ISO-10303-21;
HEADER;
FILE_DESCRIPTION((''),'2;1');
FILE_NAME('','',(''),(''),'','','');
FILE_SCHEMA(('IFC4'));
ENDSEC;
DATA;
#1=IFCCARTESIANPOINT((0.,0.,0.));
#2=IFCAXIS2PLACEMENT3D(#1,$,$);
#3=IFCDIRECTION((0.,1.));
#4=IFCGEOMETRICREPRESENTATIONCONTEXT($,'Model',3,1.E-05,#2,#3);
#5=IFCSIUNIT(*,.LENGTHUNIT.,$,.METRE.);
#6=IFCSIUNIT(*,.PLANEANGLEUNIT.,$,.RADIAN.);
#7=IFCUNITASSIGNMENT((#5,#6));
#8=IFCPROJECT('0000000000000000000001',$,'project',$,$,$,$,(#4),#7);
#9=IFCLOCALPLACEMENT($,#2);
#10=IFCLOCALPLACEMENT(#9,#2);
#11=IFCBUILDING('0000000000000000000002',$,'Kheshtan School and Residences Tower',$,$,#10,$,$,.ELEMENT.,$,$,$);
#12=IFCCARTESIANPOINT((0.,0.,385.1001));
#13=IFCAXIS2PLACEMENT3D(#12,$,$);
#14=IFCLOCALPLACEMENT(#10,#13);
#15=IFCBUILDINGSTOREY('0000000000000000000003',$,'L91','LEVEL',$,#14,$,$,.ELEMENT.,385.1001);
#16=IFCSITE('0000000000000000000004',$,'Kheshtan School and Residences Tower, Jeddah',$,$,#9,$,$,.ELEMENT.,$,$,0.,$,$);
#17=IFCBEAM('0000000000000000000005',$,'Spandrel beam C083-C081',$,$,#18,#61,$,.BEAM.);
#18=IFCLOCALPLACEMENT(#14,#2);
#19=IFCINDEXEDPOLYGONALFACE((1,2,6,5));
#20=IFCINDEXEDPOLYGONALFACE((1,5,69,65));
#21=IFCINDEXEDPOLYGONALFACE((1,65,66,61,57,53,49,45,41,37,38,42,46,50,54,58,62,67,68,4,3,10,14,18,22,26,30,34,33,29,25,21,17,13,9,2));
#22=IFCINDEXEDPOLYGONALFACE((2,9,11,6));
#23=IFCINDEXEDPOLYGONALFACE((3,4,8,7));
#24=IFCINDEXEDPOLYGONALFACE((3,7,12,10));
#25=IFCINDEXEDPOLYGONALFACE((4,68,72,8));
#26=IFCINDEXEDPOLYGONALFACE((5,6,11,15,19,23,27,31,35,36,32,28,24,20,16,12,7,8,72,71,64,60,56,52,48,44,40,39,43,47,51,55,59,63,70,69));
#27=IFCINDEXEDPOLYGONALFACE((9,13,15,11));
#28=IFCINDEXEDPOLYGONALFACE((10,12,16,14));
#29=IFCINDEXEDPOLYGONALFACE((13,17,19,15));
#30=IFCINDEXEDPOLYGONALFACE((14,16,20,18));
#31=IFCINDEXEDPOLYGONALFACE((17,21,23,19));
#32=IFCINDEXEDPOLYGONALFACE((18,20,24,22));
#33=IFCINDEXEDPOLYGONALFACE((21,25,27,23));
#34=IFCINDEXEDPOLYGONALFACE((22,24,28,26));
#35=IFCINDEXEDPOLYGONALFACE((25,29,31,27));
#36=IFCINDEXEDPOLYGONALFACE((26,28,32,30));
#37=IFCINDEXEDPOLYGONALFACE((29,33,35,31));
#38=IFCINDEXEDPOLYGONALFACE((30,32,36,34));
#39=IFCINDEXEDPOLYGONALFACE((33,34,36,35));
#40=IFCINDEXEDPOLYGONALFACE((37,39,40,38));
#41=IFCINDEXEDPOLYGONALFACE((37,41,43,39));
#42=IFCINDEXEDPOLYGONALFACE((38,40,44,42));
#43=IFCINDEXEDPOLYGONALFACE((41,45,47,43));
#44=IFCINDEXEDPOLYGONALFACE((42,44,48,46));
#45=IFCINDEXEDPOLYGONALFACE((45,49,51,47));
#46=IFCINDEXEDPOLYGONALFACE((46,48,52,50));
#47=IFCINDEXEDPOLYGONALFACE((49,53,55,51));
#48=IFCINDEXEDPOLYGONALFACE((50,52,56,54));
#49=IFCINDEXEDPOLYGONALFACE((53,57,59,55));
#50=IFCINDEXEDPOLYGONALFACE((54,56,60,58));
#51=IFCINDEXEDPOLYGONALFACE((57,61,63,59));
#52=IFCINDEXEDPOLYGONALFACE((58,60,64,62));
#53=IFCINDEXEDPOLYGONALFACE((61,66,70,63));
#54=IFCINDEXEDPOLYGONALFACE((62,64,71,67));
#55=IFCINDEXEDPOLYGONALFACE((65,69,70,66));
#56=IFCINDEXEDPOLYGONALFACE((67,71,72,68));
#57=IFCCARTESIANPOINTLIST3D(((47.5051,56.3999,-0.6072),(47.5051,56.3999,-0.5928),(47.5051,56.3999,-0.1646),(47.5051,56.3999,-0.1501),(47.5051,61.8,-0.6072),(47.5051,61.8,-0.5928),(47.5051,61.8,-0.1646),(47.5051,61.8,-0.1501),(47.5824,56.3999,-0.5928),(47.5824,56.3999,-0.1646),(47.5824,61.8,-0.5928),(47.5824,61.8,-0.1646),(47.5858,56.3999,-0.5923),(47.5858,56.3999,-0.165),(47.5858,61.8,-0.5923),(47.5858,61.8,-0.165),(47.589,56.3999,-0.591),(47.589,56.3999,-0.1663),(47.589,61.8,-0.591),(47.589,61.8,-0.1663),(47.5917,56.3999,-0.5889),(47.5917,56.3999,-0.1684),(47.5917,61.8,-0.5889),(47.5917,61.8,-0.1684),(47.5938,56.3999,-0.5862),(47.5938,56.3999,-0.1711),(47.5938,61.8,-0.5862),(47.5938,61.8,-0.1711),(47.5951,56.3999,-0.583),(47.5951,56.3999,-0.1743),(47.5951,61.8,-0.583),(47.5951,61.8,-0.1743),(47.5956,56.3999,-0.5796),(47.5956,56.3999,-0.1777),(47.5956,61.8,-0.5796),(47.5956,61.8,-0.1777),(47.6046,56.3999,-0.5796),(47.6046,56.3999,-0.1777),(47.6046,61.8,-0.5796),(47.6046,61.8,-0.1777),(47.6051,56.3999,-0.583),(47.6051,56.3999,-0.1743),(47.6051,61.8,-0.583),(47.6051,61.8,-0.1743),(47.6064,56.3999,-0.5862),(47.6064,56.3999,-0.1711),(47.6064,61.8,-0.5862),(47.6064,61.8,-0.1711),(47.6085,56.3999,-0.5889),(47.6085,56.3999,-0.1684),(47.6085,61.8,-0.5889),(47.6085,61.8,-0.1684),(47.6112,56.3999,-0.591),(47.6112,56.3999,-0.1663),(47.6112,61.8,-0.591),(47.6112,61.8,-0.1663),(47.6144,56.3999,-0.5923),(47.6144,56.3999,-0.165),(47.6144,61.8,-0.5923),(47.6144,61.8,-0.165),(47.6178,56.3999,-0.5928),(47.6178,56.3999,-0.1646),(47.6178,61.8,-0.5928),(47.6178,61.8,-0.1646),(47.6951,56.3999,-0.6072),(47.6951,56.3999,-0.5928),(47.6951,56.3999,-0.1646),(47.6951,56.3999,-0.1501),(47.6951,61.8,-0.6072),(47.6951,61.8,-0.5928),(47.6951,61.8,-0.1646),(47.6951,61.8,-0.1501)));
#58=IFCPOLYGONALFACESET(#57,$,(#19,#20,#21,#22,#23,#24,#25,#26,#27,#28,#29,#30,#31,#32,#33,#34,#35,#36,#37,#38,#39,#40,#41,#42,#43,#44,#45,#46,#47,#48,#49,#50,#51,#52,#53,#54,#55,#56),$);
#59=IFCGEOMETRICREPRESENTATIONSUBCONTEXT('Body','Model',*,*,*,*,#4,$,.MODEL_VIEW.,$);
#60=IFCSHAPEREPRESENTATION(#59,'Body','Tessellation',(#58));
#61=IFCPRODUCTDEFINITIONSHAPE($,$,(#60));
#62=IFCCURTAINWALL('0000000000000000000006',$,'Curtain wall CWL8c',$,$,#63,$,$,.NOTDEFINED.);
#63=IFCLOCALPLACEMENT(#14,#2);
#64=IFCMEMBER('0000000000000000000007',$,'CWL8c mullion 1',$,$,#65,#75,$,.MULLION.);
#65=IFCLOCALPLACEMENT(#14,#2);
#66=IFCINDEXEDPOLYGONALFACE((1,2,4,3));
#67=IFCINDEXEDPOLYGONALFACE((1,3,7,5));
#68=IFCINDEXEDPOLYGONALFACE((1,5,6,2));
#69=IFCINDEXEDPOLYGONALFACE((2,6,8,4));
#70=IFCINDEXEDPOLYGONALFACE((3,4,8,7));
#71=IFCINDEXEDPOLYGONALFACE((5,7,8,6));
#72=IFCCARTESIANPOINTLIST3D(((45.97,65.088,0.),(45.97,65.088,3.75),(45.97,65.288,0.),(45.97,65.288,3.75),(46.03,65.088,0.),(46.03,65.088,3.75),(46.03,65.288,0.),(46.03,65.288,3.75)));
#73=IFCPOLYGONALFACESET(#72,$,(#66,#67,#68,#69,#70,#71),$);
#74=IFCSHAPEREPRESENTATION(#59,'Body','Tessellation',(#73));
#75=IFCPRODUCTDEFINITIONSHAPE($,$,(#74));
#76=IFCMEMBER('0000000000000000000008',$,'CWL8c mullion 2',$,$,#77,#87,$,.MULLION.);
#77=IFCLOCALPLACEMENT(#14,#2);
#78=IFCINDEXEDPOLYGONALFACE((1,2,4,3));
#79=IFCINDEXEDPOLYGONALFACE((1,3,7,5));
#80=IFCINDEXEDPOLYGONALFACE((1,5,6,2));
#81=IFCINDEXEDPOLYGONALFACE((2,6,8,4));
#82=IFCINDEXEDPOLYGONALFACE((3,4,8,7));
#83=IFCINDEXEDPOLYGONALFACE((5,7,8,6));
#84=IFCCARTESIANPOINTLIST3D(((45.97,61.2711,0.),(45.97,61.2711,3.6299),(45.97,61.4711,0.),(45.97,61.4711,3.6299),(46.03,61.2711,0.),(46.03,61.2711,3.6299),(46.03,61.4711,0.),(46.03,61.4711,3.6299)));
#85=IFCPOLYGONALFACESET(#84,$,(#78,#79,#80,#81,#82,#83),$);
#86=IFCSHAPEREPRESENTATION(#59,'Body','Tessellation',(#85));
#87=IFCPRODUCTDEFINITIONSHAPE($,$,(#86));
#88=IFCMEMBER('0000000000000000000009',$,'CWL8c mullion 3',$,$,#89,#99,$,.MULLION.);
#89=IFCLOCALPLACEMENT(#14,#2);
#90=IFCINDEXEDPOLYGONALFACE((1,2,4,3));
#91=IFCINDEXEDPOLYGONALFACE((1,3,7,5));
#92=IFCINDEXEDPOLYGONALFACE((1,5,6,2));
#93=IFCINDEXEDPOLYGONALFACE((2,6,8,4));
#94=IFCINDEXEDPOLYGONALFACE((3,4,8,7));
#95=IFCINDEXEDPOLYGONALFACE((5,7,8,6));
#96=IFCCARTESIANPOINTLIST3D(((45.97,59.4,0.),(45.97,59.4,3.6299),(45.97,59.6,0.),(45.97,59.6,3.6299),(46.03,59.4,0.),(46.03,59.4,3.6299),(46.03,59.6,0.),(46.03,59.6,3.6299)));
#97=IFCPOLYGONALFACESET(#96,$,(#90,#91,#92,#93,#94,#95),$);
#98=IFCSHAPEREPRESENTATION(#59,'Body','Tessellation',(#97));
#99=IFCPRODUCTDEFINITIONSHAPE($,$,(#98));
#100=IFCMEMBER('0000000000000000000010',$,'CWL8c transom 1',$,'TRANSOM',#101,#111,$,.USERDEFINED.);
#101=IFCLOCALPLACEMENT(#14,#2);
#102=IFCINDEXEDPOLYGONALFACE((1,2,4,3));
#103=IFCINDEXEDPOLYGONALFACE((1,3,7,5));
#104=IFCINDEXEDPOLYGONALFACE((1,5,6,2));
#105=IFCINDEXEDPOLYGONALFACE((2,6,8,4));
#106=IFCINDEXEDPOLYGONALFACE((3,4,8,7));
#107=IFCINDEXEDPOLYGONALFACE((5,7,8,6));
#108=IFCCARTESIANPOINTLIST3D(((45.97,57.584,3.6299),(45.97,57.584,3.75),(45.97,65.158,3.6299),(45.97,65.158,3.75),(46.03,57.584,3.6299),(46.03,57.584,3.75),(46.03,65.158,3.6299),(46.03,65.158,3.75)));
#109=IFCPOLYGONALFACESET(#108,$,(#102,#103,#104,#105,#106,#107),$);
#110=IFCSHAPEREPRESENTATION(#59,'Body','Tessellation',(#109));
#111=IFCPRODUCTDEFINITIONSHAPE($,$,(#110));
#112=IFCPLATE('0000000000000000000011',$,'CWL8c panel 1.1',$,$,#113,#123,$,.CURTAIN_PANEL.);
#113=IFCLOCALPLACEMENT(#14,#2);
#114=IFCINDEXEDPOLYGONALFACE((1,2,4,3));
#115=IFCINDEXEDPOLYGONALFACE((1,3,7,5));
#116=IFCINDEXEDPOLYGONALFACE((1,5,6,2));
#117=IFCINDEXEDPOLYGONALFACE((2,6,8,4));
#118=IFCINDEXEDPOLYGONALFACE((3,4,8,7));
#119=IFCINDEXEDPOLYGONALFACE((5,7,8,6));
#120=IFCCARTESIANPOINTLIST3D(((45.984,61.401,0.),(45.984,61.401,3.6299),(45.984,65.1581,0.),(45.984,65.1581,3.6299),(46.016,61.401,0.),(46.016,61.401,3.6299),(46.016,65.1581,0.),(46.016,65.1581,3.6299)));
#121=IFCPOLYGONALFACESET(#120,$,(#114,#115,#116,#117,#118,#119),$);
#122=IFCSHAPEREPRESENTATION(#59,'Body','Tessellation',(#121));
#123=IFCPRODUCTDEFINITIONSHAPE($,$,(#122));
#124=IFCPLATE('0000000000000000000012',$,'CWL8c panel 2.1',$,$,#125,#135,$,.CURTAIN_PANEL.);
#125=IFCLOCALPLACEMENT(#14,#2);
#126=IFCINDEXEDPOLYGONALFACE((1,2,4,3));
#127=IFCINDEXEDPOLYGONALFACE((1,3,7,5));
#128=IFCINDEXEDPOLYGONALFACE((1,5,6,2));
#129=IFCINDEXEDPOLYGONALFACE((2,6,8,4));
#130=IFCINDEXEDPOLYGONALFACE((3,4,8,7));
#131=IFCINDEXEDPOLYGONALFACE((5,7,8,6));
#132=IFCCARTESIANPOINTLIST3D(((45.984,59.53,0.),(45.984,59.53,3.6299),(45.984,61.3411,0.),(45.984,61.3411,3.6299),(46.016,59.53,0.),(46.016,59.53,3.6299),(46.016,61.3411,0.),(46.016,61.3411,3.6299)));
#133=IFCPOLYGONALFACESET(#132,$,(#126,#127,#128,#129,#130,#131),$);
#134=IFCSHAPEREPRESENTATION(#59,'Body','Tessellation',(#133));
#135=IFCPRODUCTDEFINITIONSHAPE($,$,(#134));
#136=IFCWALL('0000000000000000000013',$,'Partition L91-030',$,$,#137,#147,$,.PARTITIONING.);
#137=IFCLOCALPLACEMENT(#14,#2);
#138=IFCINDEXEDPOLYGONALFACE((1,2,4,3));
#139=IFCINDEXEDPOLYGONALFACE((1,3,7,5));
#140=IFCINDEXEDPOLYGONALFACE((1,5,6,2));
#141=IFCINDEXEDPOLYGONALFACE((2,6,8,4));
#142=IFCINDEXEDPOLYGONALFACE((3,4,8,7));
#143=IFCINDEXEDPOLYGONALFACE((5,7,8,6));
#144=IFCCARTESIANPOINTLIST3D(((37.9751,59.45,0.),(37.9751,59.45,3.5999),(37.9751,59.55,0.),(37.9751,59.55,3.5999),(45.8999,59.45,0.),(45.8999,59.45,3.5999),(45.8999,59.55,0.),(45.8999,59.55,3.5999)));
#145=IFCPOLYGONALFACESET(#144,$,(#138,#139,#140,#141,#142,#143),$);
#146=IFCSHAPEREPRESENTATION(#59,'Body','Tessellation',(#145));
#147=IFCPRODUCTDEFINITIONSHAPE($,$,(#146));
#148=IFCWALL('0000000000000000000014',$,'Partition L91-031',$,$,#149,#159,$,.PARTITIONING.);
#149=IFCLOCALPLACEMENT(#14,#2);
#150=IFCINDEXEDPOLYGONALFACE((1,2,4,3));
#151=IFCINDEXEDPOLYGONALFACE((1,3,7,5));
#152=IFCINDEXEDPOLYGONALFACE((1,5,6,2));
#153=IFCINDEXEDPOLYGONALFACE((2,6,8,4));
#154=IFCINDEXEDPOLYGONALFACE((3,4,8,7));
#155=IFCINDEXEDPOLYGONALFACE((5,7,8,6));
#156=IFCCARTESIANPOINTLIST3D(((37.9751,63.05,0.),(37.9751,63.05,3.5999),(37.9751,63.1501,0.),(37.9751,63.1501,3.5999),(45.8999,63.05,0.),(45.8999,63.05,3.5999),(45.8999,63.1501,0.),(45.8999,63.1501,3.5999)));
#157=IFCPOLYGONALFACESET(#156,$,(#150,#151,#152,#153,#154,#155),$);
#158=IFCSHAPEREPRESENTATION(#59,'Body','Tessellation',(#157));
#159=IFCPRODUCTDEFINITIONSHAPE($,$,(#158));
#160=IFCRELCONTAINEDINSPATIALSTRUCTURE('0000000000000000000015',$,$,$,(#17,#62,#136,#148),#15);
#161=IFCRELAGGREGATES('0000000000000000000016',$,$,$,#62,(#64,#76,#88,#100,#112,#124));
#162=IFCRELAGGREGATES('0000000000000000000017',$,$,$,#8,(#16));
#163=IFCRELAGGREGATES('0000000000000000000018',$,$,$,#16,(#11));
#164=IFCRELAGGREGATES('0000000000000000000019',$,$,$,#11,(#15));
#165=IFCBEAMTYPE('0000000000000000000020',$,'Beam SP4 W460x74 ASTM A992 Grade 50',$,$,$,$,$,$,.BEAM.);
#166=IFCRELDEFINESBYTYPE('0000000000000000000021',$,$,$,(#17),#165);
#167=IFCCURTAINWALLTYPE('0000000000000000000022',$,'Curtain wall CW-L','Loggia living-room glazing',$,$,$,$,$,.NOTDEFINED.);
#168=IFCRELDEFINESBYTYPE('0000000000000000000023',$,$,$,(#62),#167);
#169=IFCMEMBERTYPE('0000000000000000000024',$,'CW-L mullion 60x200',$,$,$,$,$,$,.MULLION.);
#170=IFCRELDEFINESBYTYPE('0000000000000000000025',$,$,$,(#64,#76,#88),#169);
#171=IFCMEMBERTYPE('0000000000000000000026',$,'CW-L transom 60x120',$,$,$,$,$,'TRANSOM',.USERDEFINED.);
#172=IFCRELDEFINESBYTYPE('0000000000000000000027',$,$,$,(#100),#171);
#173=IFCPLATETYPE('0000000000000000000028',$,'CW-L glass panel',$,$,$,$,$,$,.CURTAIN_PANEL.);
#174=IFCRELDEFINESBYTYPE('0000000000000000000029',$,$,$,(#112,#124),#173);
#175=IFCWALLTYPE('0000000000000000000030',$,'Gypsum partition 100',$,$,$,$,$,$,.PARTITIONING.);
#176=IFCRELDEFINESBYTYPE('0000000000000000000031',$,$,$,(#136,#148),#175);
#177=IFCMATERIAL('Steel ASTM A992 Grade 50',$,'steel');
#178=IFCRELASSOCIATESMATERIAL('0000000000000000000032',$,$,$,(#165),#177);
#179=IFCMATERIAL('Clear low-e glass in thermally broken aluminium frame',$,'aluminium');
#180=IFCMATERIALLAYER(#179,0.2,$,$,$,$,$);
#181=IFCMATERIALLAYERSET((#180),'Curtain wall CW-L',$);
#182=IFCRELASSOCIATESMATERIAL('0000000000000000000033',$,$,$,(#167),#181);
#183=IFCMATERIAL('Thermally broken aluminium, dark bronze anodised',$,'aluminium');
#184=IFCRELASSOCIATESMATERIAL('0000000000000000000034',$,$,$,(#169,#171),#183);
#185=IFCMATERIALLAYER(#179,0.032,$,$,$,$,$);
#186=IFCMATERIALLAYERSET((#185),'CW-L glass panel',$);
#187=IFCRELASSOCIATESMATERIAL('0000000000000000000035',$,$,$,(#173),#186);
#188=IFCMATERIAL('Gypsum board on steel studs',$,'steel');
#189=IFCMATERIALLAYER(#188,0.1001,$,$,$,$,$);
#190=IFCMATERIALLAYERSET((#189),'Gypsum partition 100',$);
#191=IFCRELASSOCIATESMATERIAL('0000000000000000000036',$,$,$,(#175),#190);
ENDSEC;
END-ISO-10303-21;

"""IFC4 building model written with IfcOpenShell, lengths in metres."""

from ifc_helpers import new_model, si_unit, direction, frame, frame_2d, origin, origin_2d, place, context, subcontext, project, spatial, rectangle, i_section, extrude, material, layer, layer_set, material_profile, profile_set, type_object, element, aggregate, save


model = new_model("IFC4")

# Units and contexts
model_context = context("Model", 3, precision=1e-05, world=origin(), true_north=direction((0.0, 1.0)))
body_context = subcontext(model_context, "Body", "Model", "MODEL_VIEW")
ifc_project = project(units=[si_unit("LENGTHUNIT", "METRE"), si_unit("PLANEANGLEUNIT", "RADIAN")], contexts=[model_context])

# Site, building, storey
site_placement = place(None, origin())
site = spatial("IfcSite", under=ifc_project, at=site_placement, Name="Kheshtan School and Residences Tower, Jeddah", CompositionType="ELEMENT", RefElevation=0.0)
building_placement = place(site_placement, origin())
building = spatial("IfcBuilding", under=site, at=building_placement, Name="Kheshtan School and Residences Tower", CompositionType="ELEMENT")
storey_placement = place(building_placement, frame((0.0, 0.0, 385.1001)))
storey = spatial("IfcBuildingStorey", under=building, at=storey_placement, Name="L91", Description="LEVEL", CompositionType="ELEMENT", Elevation=385.1001)

# Shared definitions
ifc_material_1 = material(Name="Steel ASTM A992 Grade 50", Category="steel")

# Beam
ifc_material_profile_1 = material_profile(ifc_material_1, i_section(OverallWidth=0.1899, OverallDepth=0.457, WebThickness=0.009, FlangeThickness=0.0144, FilletRadius=0.0132, at=origin_2d()), Name="W460x74")
ifc_profile_set_1 = profile_set([ifc_material_profile_1], Name="Steel ASTM A992 Grade 50")
beam_type_1 = type_object("IfcBeamType", Name="Beam SP4 W460x74 ASTM A992 Grade 50", PredefinedType="BEAM", material=ifc_profile_set_1)
beam_1_placement = place(storey_placement, frame((47.6001, 61.8, -0.3787), z_axis=(0.0, -1.0, 0.0), x_axis=(1.0, 0.0, 0.0)))
element("IfcBeam", 1, at=beam_1_placement, inside=storey, type_object=beam_type_1, Name="Spandrel beam C083-C081", PredefinedType="BEAM", context=body_context, shape_type="SweptSolid", body=[
    extrude(i_section(OverallWidth=0.1899, OverallDepth=0.457, WebThickness=0.009, FlangeThickness=0.0144, FilletRadius=0.0132, at=origin_2d()), origin(), (0.0, 0.0, 1.0), 5.4001),
])

# Curtain wall, members, plates
ifc_material_2 = material(Name="Clear low-e glass in thermally broken aluminium frame", Category="aluminium")
ifc_layer_1 = layer(ifc_material_2, 0.2)
ifc_layer_set_1 = layer_set([ifc_layer_1], Name="Curtain wall CW-L")
curtain_wall_type = type_object("IfcCurtainWallType", Name="Curtain wall CW-L", Description="Loggia living-room glazing", PredefinedType="NOTDEFINED", material=ifc_layer_set_1)
curtain_wall_placement = place(storey_placement, origin())
curtain_wall = element("IfcCurtainWall", 2, at=curtain_wall_placement, inside=storey, type_object=curtain_wall_type, Name="Curtain wall CWL8c", PredefinedType="NOTDEFINED")
ifc_material_3 = material(Name="Thermally broken aluminium, dark bronze anodised", Category="aluminium")
ifc_material_profile_2 = material_profile(ifc_material_3, rectangle(XDim=0.0601, YDim=0.2, at=origin_2d()), Name="CW-L mullion 60x200")
ifc_profile_set_2 = profile_set([ifc_material_profile_2], Name="Thermally broken aluminium, dark bronze anodised")
member_type_1 = type_object("IfcMemberType", Name="CW-L mullion 60x200", PredefinedType="MULLION", material=ifc_profile_set_2)
member_1_placement = place(storey_placement, frame((46.0, 65.188, 0.0), z_axis=(0.0, 0.0, 1.0), x_axis=(1.0, 0.0, 0.0)))
member_1 = element("IfcMember", 3, at=member_1_placement, type_object=member_type_1, Name="CWL8c mullion 1", PredefinedType="MULLION", context=body_context, shape_type="SweptSolid", body=[
    extrude(rectangle(XDim=0.0601, YDim=0.2, at=origin_2d()), origin(), (0.0, 0.0, 1.0), 3.75),
])
member_2_placement = place(storey_placement, frame((46.0, 61.3711, 0.0), z_axis=(0.0, 0.0, 1.0), x_axis=(1.0, 0.0, 0.0)))
member_2 = element("IfcMember", 4, at=member_2_placement, type_object=member_type_1, Name="CWL8c mullion 2", PredefinedType="MULLION", context=body_context, shape_type="SweptSolid", body=[
    extrude(rectangle(XDim=0.0601, YDim=0.2, at=origin_2d()), origin(), (0.0, 0.0, 1.0), 3.6299),
])
member_3_placement = place(storey_placement, frame((46.0, 59.5, 0.0), z_axis=(0.0, 0.0, 1.0), x_axis=(1.0, 0.0, 0.0)))
member_3 = element("IfcMember", 5, at=member_3_placement, type_object=member_type_1, Name="CWL8c mullion 3", PredefinedType="MULLION", context=body_context, shape_type="SweptSolid", body=[
    extrude(rectangle(XDim=0.0601, YDim=0.2, at=origin_2d()), origin(), (0.0, 0.0, 1.0), 3.6299),
])
ifc_material_profile_3 = material_profile(ifc_material_3, rectangle(XDim=0.0601, YDim=0.1201, at=origin_2d()), Name="CW-L transom 60x120")
ifc_profile_set_3 = profile_set([ifc_material_profile_3], Name="Thermally broken aluminium, dark bronze anodised")
member_type_2 = type_object("IfcMemberType", Name="CW-L transom 60x120", ElementType="TRANSOM", PredefinedType="USERDEFINED", material=ifc_profile_set_3)
member_4_placement = place(storey_placement, frame((46.0, 65.158, 3.6899), z_axis=(0.0, -1.0, 0.0), x_axis=(1.0, 0.0, 0.0)))
member_4 = element("IfcMember", 6, at=member_4_placement, type_object=member_type_2, Name="CWL8c transom 1", ObjectType="TRANSOM", PredefinedType="USERDEFINED", context=body_context, shape_type="SweptSolid", body=[
    extrude(rectangle(XDim=0.0601, YDim=0.1201, at=origin_2d()), origin(), (0.0, 0.0, 1.0), 7.574),
])
ifc_layer_2 = layer(ifc_material_2, 0.032)
ifc_layer_set_2 = layer_set([ifc_layer_2], Name="CW-L glass panel")
plate_type = type_object("IfcPlateType", Name="CW-L glass panel", PredefinedType="CURTAIN_PANEL", material=ifc_layer_set_2)
plate_1_placement = place(storey_placement, frame((46.0, 63.2795, 0.0), z_axis=(0.0, 0.0, 1.0), x_axis=(0.0, -1.0, 0.0)))
plate_1 = element("IfcPlate", 7, at=plate_1_placement, type_object=plate_type, Name="CWL8c panel 1.1", PredefinedType="CURTAIN_PANEL", context=body_context, shape_type="SweptSolid", body=[
    extrude(rectangle(XDim=3.7571, YDim=0.032, at=origin_2d()), origin(), (0.0, 0.0, 1.0), 3.6299),
])
plate_2_placement = place(storey_placement, frame((46.0, 60.4355, 0.0), z_axis=(0.0, 0.0, 1.0), x_axis=(0.0, -1.0, 0.0)))
plate_2 = element("IfcPlate", 8, at=plate_2_placement, type_object=plate_type, Name="CWL8c panel 2.1", PredefinedType="CURTAIN_PANEL", context=body_context, shape_type="SweptSolid", body=[
    extrude(rectangle(XDim=1.811, YDim=0.032, at=origin_2d()), origin(), (0.0, 0.0, 1.0), 3.6299),
])
aggregate(curtain_wall, [member_1, member_2, member_3, member_4, plate_1, plate_2])

# Walls
ifc_material_4 = material(Name="Gypsum board on steel studs", Category="steel")
ifc_layer_3 = layer(ifc_material_4, 0.1001)
ifc_layer_set_3 = layer_set([ifc_layer_3], Name="Gypsum partition 100")
wall_type_1 = type_object("IfcWallType", Name="Gypsum partition 100", PredefinedType="PARTITIONING", material=ifc_layer_set_3)
for number, where, z_axis, x_axis, name in (
    (9, (37.9751, 59.5, 0.0), (0.0, 0.0, 1.0), (1.0, 0.0, 0.0), "Partition L91-030"),
    (10, (37.9751, 63.1001, 0.0), (0.0, 0.0, 1.0), (1.0, 0.0, 0.0), "Partition L91-031"),
):
    element("IfcWall", number, at=place(storey_placement, frame(where, z_axis=z_axis, x_axis=x_axis)), inside=storey, type_object=wall_type_1, Name=name, PredefinedType="PARTITIONING", context=body_context, shape_type="SweptSolid", body=[
        extrude(rectangle(XDim=7.9248, YDim=0.1001, at=frame_2d((3.9624, 0.0))), origin(), (0.0, 0.0, 1.0), 3.5999),
    ])

save(model, "model.ifc")
